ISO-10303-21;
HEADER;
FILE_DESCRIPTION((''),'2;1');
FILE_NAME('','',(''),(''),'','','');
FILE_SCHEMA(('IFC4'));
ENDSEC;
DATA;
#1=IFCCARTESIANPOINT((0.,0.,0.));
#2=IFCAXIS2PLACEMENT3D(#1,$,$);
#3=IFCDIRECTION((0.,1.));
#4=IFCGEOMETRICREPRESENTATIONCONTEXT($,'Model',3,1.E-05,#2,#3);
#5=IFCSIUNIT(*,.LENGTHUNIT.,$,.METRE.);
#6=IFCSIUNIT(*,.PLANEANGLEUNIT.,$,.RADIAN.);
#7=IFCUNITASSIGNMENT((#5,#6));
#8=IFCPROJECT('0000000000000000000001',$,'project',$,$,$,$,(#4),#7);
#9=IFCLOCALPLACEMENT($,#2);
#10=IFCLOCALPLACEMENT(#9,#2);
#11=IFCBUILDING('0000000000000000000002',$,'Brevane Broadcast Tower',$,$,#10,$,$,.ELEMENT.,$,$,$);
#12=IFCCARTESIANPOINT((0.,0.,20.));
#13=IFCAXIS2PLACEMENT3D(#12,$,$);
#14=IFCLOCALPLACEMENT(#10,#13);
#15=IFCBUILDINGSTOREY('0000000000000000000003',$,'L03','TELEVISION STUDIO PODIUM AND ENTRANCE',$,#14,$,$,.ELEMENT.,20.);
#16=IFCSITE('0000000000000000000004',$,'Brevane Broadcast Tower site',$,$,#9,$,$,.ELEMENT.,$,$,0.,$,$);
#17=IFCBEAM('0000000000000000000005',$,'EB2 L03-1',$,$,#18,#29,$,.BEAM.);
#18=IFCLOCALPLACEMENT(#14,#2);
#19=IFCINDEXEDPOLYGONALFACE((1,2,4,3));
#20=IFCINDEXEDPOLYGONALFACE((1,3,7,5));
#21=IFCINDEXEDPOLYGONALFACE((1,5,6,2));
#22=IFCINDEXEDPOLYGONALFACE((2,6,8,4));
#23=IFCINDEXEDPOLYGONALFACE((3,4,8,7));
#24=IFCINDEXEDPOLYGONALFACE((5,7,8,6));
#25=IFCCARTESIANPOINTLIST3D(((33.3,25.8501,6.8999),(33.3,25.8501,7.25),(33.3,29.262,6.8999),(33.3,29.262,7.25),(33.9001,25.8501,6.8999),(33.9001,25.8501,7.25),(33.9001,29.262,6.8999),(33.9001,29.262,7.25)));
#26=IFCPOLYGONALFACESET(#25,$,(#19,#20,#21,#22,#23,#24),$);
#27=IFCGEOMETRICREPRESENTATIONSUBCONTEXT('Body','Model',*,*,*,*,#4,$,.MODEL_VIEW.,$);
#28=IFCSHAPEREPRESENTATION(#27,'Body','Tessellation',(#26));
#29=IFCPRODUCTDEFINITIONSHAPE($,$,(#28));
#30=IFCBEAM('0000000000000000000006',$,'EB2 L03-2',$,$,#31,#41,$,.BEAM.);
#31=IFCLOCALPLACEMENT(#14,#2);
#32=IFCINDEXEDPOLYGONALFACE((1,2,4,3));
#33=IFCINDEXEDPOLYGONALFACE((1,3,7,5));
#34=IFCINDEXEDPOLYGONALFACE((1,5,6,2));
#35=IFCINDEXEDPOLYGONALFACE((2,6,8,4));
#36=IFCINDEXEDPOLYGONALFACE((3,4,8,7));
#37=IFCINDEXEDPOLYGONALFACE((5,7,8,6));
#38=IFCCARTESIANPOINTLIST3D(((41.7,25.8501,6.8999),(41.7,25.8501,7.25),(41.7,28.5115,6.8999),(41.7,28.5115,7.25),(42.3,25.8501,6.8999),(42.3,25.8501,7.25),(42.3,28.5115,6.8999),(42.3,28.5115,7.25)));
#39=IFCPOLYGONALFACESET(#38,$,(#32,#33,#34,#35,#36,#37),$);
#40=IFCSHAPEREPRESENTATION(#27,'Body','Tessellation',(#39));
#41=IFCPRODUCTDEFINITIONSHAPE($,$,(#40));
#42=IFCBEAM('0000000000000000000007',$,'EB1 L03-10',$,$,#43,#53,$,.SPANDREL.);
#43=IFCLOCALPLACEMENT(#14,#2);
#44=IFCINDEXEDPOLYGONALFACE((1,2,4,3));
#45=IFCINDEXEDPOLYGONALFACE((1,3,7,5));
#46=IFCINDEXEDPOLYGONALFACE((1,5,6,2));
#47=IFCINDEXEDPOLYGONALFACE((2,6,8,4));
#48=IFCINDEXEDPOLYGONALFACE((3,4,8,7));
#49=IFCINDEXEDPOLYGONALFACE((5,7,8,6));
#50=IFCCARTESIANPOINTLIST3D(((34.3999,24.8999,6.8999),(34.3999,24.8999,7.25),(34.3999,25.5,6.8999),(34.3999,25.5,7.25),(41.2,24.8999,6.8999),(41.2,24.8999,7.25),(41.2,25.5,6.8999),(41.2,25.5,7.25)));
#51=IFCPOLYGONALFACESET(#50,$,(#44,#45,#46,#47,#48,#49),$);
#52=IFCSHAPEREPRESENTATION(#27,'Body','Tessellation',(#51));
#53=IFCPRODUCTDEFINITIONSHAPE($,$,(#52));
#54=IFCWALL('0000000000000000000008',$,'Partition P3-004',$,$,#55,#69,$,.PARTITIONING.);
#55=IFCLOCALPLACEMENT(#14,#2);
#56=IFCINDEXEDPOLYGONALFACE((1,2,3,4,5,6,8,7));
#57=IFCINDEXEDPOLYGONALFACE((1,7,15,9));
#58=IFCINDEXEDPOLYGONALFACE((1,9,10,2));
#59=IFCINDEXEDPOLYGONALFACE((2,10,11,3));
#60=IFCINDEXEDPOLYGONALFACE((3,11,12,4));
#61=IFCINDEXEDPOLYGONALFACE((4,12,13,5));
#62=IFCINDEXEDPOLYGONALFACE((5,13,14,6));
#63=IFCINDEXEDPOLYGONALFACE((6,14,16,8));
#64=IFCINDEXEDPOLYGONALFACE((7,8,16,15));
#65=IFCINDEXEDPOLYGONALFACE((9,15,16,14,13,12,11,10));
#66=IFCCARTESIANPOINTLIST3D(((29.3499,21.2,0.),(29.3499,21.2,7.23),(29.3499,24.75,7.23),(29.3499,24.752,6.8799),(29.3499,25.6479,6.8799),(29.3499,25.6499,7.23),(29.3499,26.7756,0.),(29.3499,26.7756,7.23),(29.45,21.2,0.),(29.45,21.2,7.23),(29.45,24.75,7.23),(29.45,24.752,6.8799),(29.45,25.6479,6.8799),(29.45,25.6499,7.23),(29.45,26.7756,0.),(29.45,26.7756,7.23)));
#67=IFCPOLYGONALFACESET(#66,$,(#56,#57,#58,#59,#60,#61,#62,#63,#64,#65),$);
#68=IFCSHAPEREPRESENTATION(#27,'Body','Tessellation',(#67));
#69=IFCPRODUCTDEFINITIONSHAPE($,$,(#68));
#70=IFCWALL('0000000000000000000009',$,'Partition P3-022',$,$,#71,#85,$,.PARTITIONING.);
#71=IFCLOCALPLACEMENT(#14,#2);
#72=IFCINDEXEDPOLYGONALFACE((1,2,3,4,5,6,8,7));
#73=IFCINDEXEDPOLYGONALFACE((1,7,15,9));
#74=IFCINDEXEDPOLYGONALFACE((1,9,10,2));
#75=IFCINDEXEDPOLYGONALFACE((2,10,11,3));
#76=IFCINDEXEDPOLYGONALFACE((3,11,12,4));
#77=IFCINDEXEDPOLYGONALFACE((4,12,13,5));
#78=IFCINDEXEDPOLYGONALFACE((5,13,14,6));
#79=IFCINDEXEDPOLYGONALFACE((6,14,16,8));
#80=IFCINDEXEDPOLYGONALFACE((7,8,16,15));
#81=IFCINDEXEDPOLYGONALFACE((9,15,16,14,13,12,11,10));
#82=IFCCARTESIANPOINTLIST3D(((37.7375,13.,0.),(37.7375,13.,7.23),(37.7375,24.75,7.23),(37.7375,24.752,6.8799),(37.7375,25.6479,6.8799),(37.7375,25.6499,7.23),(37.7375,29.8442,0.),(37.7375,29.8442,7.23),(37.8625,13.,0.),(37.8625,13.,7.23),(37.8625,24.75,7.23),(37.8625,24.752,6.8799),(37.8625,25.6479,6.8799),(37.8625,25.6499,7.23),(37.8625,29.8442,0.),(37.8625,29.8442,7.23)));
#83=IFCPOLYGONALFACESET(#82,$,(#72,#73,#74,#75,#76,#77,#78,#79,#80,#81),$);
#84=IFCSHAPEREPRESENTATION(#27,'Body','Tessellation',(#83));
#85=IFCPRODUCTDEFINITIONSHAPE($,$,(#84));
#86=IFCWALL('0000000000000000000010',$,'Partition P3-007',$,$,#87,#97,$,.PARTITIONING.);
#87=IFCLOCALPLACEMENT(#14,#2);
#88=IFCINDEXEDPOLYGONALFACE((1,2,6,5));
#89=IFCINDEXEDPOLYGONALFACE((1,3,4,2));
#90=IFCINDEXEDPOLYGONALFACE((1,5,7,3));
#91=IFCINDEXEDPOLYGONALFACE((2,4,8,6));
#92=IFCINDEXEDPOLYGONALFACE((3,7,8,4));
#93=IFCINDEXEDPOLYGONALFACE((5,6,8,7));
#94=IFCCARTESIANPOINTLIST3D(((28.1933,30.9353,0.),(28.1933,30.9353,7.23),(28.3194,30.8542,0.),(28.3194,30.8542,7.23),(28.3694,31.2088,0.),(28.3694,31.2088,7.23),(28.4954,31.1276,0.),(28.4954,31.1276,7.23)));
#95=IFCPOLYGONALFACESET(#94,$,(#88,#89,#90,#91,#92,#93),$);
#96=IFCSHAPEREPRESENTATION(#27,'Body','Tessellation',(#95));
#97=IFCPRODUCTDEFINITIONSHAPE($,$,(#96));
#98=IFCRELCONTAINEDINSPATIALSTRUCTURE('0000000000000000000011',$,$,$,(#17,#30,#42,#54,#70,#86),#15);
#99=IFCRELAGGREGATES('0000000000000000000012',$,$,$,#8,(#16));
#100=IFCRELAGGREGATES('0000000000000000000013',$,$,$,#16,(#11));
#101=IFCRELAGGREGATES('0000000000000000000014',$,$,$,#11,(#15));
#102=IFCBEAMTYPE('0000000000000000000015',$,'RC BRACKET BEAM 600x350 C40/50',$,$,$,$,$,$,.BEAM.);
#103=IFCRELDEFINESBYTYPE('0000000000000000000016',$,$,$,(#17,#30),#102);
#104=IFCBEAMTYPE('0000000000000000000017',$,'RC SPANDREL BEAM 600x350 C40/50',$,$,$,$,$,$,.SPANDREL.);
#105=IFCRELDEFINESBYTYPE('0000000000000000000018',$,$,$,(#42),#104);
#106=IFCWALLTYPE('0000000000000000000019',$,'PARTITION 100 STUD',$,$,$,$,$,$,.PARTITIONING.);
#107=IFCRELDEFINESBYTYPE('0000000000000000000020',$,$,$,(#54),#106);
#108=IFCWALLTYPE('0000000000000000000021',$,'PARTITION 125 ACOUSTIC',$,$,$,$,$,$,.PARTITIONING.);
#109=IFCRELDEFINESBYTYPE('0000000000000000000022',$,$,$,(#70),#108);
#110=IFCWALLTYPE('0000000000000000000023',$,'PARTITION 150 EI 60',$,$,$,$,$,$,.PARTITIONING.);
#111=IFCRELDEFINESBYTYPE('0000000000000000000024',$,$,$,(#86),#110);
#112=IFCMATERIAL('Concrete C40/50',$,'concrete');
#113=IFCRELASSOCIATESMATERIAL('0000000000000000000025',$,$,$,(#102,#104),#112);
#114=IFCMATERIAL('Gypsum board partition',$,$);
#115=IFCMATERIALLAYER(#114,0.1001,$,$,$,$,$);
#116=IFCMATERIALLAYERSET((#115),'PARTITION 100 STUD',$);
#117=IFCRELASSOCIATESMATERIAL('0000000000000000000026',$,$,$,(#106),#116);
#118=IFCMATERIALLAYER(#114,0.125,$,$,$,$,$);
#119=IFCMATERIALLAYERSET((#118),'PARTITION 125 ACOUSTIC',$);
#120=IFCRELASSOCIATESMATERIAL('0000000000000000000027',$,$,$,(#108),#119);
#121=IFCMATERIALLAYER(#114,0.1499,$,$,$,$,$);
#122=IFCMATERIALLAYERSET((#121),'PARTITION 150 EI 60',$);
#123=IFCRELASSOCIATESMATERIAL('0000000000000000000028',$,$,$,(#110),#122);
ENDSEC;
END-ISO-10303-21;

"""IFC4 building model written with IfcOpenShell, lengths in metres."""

from ifc_helpers import new_model, si_unit, direction, frame, frame_2d, origin, origin_2d, place, context, subcontext, project, spatial, polyline, rectangle, outline, extrude, material, layer, layer_set, material_profile, profile_set, type_object, element, save


model = new_model("IFC4")

# Units and contexts
model_context = context("Model", 3, precision=1e-05, world=origin(), true_north=direction((0.0, 1.0)))
body_context = subcontext(model_context, "Body", "Model", "MODEL_VIEW")
ifc_project = project(units=[si_unit("LENGTHUNIT", "METRE"), si_unit("PLANEANGLEUNIT", "RADIAN")], contexts=[model_context])

# Site, building, storey
site_placement = place(None, origin())
site = spatial("IfcSite", under=ifc_project, at=site_placement, Name="Brevane Broadcast Tower site", CompositionType="ELEMENT", RefElevation=0.0)
building_placement = place(site_placement, origin())
building = spatial("IfcBuilding", under=site, at=building_placement, Name="Brevane Broadcast Tower", CompositionType="ELEMENT")
storey_placement = place(building_placement, frame((0.0, 0.0, 20.0)))
storey = spatial("IfcBuildingStorey", under=building, at=storey_placement, Name="L03", Description="TELEVISION STUDIO PODIUM AND ENTRANCE", CompositionType="ELEMENT", Elevation=20.0)

# Beams
ifc_material_1 = material(Name="Concrete C40/50", Category="concrete")
ifc_material_profile_1 = material_profile(ifc_material_1, rectangle(XDim=0.6001, YDim=0.3501, at=origin_2d()), Name="RC 600x350")
ifc_profile_set_1 = profile_set([ifc_material_profile_1], Name="Concrete C40/50")
beam_type_1 = type_object("IfcBeamType", Name="RC BRACKET BEAM 600x350 C40/50", PredefinedType="BEAM", material=ifc_profile_set_1)
beam_1_placement = place(storey_placement, frame((33.6001, 25.8501, 7.075), z_axis=(0.0, 1.0, 0.0), x_axis=(-1.0, 0.0, 0.0)))
element("IfcBeam", 1, at=beam_1_placement, inside=storey, type_object=beam_type_1, Name="EB2 L03-1", PredefinedType="BEAM", context=body_context, shape_type="SweptSolid", body=[
    extrude(rectangle(XDim=0.6001, YDim=0.3501, at=origin_2d()), origin(), (0.0, 0.0, 1.0), 3.4119),
])
beam_2_placement = place(storey_placement, frame((42.0, 25.8501, 7.075), z_axis=(0.0, 1.0, 0.0), x_axis=(-1.0, 0.0, 0.0)))
element("IfcBeam", 2, at=beam_2_placement, inside=storey, type_object=beam_type_1, Name="EB2 L03-2", PredefinedType="BEAM", context=body_context, shape_type="SweptSolid", body=[
    extrude(rectangle(XDim=0.6001, YDim=0.3501, at=origin_2d()), origin(), (0.0, 0.0, 1.0), 2.6614),
])
ifc_material_profile_2 = material_profile(ifc_material_1, rectangle(XDim=0.6001, YDim=0.3501, at=origin_2d()), Name="RC 600x350")
ifc_profile_set_2 = profile_set([ifc_material_profile_2], Name="Concrete C40/50")
beam_type_2 = type_object("IfcBeamType", Name="RC SPANDREL BEAM 600x350 C40/50", PredefinedType="SPANDREL", material=ifc_profile_set_2)
beam_3_placement = place(storey_placement, frame((41.2, 25.2, 7.075), z_axis=(-1.0, 0.0, 0.0), x_axis=(0.0, -1.0, 0.0)))
element("IfcBeam", 3, at=beam_3_placement, inside=storey, type_object=beam_type_2, Name="EB1 L03-10", PredefinedType="SPANDREL", context=body_context, shape_type="SweptSolid", body=[
    extrude(rectangle(XDim=0.6001, YDim=0.3501, at=origin_2d()), origin(), (0.0, 0.0, 1.0), 6.8),
])

# Walls
ifc_material_2 = material(Name="Gypsum board partition")
ifc_layer_1 = layer(ifc_material_2, 0.1001)
ifc_layer_set_1 = layer_set([ifc_layer_1], Name="PARTITION 100 STUD")
wall_type_1 = type_object("IfcWallType", Name="PARTITION 100 STUD", PredefinedType="PARTITIONING", material=ifc_layer_set_1)
wall_1_placement = place(storey_placement, frame((29.3999, 26.7756, 0.0), z_axis=(0.0, 0.0, 1.0), x_axis=(0.0, -1.0, 0.0)))
element("IfcWall", 4, at=wall_1_placement, inside=storey, type_object=wall_type_1, Name="Partition P3-004", PredefinedType="PARTITIONING", context=body_context, shape_type="SweptSolid", body=[
    extrude(outline(polyline([(0.0, 0.0), (5.5757, 0.0), (5.5757, 7.23), (2.0256, 7.23), (2.0237, 6.8799), (1.1277, 6.8799), (1.1257, 7.23), (0.0, 7.23), (0.0, 0.0)])), frame((0.0, 0.05, 0.0), z_axis=(0.0, -1.0, 0.0), x_axis=(1.0, 0.0, 0.0)), (0.0, 0.0, 1.0), 0.1001),
])
ifc_layer_2 = layer(ifc_material_2, 0.125)
ifc_layer_set_2 = layer_set([ifc_layer_2], Name="PARTITION 125 ACOUSTIC")
wall_type_2 = type_object("IfcWallType", Name="PARTITION 125 ACOUSTIC", PredefinedType="PARTITIONING", material=ifc_layer_set_2)
wall_2_placement = place(storey_placement, frame((37.8, 29.8442, 0.0), z_axis=(0.0, 0.0, 1.0), x_axis=(0.0, -1.0, 0.0)))
element("IfcWall", 5, at=wall_2_placement, inside=storey, type_object=wall_type_2, Name="Partition P3-022", PredefinedType="PARTITIONING", context=body_context, shape_type="SweptSolid", body=[
    extrude(outline(polyline([(0.0, 0.0), (16.8442, 0.0), (16.8442, 7.23), (5.0942, 7.23), (5.0923, 6.8799), (4.1963, 6.8799), (4.1943, 7.23), (0.0, 7.23), (0.0, 0.0)])), frame((0.0, 0.0625, 0.0), z_axis=(0.0, -1.0, 0.0), x_axis=(1.0, 0.0, 0.0)), (0.0, 0.0, 1.0), 0.125),
])
ifc_layer_3 = layer(ifc_material_2, 0.1499)
ifc_layer_set_3 = layer_set([ifc_layer_3], Name="PARTITION 150 EI 60")
wall_type_3 = type_object("IfcWallType", Name="PARTITION 150 EI 60", PredefinedType="PARTITIONING", material=ifc_layer_set_3)
wall_3_placement = place(storey_placement, frame((28.4324, 31.1682, 0.0), z_axis=(0.0, 0.0, 1.0), x_axis=(-0.541289, -0.840837, 0.0)))
element("IfcWall", 6, at=wall_3_placement, inside=storey, type_object=wall_type_3, Name="Partition P3-007", PredefinedType="PARTITIONING", context=body_context, shape_type="SweptSolid", body=[
    extrude(rectangle(XDim=0.3252, YDim=0.1499, at=frame_2d((0.1626, 0.0))), origin(), (0.0, 0.0, 1.0), 7.23),
])

save(model, "model.ifc")
